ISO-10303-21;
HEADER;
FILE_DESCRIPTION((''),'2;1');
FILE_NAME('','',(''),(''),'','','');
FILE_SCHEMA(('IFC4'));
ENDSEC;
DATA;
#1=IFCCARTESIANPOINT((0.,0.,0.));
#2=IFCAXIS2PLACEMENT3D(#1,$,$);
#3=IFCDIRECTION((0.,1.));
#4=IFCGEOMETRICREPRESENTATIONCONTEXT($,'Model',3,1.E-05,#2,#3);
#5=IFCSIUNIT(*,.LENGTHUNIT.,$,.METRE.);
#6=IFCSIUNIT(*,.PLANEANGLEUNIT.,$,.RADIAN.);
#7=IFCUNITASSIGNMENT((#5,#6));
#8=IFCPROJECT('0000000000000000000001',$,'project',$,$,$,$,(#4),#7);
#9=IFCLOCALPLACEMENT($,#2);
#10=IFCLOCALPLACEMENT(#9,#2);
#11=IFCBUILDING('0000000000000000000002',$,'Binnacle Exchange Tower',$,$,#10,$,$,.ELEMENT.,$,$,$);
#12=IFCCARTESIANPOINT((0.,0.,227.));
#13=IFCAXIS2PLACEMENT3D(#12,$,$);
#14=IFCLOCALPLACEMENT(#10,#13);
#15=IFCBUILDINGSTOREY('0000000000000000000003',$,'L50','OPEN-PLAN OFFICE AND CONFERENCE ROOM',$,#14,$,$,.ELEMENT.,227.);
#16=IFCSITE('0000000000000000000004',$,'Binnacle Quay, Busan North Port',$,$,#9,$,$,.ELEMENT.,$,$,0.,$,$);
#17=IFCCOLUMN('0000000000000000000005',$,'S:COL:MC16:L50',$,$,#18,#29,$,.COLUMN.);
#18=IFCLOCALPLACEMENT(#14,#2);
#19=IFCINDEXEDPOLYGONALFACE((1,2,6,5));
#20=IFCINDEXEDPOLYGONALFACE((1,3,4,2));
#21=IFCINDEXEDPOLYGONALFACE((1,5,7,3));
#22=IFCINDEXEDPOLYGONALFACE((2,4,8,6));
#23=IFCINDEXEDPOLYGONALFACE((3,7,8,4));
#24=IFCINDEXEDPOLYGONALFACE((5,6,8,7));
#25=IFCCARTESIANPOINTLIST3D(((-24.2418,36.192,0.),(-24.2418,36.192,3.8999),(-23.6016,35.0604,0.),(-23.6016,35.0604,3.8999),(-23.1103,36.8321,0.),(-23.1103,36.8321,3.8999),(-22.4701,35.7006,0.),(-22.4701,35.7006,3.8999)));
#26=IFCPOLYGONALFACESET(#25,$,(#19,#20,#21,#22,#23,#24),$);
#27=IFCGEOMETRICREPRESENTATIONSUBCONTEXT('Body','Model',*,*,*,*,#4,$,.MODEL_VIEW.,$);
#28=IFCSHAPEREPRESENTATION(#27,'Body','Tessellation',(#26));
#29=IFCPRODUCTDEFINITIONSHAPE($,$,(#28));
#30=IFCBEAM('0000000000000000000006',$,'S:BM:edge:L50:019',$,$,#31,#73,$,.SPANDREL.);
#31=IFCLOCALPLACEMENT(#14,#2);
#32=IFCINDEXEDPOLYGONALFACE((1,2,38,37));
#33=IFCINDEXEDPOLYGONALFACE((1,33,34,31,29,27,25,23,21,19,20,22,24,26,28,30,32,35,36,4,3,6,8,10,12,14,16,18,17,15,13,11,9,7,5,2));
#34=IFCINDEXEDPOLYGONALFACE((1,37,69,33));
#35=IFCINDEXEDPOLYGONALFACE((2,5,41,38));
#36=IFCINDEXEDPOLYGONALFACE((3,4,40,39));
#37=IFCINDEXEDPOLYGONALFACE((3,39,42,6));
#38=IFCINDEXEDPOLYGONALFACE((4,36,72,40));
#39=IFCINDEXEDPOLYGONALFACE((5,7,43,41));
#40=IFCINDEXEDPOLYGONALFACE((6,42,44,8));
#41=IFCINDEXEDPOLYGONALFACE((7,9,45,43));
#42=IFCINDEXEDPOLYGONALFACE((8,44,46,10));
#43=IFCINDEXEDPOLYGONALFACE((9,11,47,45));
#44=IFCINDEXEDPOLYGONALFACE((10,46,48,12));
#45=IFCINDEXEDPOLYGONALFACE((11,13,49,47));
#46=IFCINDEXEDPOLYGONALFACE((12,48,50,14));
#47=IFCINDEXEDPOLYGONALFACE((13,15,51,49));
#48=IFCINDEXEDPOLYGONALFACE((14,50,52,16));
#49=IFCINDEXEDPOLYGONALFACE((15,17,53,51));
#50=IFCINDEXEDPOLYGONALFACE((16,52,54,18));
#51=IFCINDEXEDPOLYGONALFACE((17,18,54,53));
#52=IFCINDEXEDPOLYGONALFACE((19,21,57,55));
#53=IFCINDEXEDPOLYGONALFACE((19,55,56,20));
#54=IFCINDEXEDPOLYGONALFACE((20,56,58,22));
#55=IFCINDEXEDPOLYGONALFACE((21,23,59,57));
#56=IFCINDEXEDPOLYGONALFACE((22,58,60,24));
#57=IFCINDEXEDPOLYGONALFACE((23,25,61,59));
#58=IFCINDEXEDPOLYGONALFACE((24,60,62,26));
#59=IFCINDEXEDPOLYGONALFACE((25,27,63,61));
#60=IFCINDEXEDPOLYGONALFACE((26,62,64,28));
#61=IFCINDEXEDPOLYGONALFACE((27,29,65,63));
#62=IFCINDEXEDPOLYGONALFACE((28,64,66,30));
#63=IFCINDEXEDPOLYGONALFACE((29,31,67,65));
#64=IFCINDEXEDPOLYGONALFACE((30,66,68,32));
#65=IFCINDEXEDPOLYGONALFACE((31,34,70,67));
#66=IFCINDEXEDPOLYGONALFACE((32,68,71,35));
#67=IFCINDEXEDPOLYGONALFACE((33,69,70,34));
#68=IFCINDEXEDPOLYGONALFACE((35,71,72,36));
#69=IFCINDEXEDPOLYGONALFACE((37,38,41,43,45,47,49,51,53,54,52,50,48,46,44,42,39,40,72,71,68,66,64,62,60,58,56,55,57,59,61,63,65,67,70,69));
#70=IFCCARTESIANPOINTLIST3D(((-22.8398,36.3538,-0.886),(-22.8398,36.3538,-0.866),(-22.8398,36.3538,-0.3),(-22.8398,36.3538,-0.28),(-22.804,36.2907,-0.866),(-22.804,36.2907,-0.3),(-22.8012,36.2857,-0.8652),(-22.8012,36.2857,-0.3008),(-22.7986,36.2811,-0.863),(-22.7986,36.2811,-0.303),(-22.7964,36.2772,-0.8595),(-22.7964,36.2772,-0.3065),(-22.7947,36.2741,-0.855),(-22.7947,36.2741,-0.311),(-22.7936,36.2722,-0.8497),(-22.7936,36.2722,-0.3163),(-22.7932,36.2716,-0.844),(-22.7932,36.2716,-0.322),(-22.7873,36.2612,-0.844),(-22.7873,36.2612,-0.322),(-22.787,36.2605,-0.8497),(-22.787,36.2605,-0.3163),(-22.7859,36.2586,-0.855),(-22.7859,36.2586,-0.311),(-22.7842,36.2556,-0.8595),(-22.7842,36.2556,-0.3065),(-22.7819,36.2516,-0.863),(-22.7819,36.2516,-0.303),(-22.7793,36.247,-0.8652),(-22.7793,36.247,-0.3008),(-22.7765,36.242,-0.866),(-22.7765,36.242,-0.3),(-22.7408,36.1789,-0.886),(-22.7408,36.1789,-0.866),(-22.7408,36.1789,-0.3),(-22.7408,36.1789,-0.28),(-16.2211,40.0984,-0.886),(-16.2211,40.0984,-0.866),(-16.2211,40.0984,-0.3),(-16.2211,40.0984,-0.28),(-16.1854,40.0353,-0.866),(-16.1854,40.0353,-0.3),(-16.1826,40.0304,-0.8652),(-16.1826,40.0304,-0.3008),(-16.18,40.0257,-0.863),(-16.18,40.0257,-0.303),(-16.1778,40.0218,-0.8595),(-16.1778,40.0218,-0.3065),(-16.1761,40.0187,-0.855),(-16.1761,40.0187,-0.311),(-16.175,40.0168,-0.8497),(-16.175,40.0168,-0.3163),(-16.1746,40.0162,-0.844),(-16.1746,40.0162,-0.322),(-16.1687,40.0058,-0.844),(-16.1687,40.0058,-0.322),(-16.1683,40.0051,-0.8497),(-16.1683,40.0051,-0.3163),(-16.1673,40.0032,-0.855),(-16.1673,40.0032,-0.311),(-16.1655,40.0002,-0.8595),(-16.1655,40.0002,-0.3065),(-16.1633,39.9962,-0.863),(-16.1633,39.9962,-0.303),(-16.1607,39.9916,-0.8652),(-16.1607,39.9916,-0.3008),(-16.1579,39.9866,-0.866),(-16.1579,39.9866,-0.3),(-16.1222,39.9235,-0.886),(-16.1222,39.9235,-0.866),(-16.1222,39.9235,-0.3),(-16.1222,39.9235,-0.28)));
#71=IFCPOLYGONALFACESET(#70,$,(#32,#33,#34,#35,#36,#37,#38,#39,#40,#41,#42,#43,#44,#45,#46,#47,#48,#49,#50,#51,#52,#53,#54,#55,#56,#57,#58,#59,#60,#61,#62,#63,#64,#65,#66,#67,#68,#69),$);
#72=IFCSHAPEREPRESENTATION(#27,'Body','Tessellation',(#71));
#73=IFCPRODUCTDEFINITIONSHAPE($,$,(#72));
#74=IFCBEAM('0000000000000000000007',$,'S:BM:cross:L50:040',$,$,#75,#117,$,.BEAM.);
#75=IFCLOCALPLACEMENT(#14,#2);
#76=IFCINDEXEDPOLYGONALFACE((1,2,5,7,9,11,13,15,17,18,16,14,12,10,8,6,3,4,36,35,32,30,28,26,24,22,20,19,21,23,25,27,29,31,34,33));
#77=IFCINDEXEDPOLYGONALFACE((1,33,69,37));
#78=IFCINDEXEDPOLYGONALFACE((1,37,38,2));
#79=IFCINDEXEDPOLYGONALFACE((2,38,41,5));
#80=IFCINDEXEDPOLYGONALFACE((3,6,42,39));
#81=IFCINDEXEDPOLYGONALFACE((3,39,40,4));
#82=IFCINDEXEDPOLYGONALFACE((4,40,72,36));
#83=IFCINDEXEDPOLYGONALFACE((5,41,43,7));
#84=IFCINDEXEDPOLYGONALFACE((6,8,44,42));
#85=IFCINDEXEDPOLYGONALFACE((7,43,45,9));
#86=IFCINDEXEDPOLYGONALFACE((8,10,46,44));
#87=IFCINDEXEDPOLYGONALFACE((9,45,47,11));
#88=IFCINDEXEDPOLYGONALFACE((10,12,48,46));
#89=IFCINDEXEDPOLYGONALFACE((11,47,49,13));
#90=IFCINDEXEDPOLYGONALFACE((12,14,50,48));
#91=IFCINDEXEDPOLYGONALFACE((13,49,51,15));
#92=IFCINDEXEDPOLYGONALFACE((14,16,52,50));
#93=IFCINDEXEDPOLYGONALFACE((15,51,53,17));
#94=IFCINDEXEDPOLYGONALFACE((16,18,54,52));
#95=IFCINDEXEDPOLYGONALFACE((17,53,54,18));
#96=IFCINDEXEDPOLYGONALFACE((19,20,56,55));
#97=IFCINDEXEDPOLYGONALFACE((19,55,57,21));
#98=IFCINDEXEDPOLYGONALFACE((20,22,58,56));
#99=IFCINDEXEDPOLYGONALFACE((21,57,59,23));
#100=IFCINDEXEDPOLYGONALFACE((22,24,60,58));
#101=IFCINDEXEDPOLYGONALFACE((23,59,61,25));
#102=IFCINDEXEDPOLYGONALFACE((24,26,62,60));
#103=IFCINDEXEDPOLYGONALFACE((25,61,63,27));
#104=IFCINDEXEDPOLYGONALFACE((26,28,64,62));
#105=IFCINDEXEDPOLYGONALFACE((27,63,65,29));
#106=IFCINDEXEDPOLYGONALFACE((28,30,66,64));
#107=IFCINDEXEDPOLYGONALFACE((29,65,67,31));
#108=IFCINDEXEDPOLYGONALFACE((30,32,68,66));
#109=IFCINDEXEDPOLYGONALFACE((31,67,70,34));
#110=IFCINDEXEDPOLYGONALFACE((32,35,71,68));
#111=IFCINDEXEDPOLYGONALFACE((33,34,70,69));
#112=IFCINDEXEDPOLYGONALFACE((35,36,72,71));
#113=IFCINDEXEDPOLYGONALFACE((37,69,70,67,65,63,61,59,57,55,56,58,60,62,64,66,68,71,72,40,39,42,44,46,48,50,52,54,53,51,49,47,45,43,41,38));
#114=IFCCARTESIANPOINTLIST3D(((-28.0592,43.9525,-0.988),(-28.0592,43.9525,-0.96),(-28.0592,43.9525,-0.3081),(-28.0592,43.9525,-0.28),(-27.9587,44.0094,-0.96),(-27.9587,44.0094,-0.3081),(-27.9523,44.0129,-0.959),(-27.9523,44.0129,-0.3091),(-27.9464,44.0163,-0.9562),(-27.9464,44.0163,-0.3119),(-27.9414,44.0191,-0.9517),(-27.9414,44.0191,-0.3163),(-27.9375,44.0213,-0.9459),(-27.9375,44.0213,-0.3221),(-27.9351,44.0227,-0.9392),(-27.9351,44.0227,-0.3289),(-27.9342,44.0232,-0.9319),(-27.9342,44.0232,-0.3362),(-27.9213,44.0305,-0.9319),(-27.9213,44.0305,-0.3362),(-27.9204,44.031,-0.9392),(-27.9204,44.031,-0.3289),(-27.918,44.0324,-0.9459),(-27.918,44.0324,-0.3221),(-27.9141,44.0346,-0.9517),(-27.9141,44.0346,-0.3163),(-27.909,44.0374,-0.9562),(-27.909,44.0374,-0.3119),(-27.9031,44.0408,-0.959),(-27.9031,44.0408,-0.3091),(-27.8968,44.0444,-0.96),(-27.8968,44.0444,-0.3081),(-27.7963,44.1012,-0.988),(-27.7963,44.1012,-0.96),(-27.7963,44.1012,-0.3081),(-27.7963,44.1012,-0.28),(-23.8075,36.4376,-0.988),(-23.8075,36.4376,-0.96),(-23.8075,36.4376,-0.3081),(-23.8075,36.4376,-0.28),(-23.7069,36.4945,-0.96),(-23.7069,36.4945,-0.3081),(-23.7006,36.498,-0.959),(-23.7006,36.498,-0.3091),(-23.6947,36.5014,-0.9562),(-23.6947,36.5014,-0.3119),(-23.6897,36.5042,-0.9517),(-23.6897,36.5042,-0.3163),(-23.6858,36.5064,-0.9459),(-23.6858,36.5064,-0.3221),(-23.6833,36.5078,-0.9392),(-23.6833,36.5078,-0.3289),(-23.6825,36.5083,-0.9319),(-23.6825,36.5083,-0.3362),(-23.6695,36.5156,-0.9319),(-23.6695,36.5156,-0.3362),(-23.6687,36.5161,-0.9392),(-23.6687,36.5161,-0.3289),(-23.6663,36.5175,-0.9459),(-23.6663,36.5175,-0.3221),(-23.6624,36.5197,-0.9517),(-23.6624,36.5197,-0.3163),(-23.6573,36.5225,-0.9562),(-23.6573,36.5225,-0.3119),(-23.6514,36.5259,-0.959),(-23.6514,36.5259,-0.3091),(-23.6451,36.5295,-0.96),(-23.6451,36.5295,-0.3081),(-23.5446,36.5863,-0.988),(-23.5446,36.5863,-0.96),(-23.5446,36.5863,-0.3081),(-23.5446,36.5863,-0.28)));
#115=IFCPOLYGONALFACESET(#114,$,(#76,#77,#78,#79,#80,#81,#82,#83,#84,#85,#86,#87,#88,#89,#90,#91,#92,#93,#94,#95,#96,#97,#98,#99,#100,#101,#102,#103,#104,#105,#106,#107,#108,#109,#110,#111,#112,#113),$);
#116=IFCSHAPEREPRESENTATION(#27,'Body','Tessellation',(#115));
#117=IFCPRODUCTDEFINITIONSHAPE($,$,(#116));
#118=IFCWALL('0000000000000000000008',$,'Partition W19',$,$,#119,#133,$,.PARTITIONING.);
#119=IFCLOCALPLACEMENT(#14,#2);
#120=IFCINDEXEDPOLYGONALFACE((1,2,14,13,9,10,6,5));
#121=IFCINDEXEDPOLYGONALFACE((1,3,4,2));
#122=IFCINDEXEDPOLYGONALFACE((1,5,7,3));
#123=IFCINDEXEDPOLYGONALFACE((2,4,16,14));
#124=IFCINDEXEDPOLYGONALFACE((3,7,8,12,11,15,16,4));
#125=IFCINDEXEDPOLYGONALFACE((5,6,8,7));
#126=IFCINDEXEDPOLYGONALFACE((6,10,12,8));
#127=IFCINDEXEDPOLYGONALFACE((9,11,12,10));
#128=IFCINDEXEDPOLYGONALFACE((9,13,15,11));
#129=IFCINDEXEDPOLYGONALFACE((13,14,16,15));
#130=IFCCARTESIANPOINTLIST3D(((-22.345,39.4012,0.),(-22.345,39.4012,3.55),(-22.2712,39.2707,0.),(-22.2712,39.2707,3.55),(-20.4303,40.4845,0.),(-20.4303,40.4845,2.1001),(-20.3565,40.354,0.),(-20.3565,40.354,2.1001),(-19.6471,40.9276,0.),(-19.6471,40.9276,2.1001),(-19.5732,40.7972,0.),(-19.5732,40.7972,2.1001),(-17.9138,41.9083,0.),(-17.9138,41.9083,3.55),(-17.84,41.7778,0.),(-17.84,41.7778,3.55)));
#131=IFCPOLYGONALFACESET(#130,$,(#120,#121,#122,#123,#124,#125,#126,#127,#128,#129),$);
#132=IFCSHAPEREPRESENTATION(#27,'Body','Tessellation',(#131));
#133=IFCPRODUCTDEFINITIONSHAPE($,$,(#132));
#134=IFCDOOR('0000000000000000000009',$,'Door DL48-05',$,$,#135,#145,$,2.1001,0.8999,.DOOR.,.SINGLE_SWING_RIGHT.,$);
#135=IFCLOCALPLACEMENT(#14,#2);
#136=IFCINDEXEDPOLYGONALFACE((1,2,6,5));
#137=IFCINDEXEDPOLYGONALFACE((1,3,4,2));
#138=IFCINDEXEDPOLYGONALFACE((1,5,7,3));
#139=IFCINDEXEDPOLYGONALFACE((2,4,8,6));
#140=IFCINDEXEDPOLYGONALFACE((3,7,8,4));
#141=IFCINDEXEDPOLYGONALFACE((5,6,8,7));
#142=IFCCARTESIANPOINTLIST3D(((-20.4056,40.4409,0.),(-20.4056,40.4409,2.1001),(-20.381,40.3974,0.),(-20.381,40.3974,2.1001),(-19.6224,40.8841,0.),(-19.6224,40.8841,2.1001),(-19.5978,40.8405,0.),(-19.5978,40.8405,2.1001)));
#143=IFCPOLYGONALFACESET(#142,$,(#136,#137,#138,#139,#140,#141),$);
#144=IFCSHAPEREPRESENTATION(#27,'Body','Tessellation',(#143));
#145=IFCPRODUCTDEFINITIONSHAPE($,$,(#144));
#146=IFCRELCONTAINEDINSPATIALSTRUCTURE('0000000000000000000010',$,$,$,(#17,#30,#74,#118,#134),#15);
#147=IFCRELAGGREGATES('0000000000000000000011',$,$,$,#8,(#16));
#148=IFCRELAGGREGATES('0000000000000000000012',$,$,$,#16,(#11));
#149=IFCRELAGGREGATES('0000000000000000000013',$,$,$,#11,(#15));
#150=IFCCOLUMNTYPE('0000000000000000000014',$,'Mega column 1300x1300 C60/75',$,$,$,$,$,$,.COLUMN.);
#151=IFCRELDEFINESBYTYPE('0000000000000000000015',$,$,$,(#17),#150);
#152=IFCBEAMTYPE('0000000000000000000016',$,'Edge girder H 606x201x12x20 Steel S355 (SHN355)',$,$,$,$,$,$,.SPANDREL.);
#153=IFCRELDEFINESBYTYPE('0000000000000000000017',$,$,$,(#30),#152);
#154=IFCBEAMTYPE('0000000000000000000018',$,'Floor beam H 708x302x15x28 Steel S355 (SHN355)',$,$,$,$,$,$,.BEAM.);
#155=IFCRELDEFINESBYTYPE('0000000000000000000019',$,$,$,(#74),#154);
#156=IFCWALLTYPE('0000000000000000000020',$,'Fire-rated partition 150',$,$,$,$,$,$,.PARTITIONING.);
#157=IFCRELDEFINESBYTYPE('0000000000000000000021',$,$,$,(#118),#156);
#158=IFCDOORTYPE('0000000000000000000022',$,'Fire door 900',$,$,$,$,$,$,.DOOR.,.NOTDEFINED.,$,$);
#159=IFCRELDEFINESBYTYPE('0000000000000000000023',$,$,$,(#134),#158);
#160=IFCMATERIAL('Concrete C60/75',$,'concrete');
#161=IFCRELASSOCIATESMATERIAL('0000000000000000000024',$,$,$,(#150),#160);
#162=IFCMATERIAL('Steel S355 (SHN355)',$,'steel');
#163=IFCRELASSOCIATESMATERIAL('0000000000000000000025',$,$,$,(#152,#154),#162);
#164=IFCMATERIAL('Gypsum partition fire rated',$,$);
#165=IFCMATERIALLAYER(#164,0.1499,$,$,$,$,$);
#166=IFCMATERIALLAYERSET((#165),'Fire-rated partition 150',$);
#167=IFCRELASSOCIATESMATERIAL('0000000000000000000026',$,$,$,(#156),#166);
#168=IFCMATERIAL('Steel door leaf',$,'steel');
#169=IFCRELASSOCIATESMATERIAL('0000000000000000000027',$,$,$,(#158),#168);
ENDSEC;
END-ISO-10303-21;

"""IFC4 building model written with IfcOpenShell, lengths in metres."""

from ifc_helpers import new_model, si_unit, direction, frame, frame_2d, origin, origin_2d, place, context, subcontext, project, spatial, rectangle, i_section, extrude, material, layer, layer_set, material_profile, profile_set, type_object, element, fill, save


model = new_model("IFC4")

# Units and contexts
model_context = context("Model", 3, precision=1e-05, world=origin(), true_north=direction((0.0, 1.0)))
body_context = subcontext(model_context, "Body", "Model", "MODEL_VIEW")
ifc_project = project(units=[si_unit("LENGTHUNIT", "METRE"), si_unit("PLANEANGLEUNIT", "RADIAN")], contexts=[model_context])

# Site, building, storey
site_placement = place(None, origin())
site = spatial("IfcSite", under=ifc_project, at=site_placement, Name="Binnacle Quay, Busan North Port", CompositionType="ELEMENT", RefElevation=0.0)
building_placement = place(site_placement, origin())
building = spatial("IfcBuilding", under=site, at=building_placement, Name="Binnacle Exchange Tower", CompositionType="ELEMENT")
storey_placement = place(building_placement, frame((0.0, 0.0, 227.0)))
storey = spatial("IfcBuildingStorey", under=building, at=storey_placement, Name="L50", Description="OPEN-PLAN OFFICE AND CONFERENCE ROOM", CompositionType="ELEMENT", Elevation=227.0)

# Column
ifc_material_1 = material(Name="Concrete C60/75", Category="concrete")
ifc_material_profile_1 = material_profile(ifc_material_1, rectangle(XDim=1.3, YDim=1.3, at=origin_2d()), Name="Mega column 1300x1300 C60/75")
ifc_profile_set_1 = profile_set([ifc_material_profile_1], Name="Concrete C60/75")
column_type = type_object("IfcColumnType", Name="Mega column 1300x1300 C60/75", PredefinedType="COLUMN", material=ifc_profile_set_1)
column_placement = place(storey_placement, frame((-23.356, 35.9463, 0.0), z_axis=(0.0, 0.0, 1.0), x_axis=(0.870356, 0.492424, 0.0)))
element("IfcColumn", 1, at=column_placement, inside=storey, type_object=column_type, Name="S:COL:MC16:L50", PredefinedType="COLUMN", context=body_context, shape_type="SweptSolid", body=[
    extrude(rectangle(XDim=1.3, YDim=1.3, at=origin_2d()), origin(), (0.0, 0.0, 1.0), 3.8999),
])

# Beams
ifc_material_2 = material(Name="Steel S355 (SHN355)", Category="steel")
ifc_material_profile_2 = material_profile(ifc_material_2, i_section(OverallWidth=0.2009, OverallDepth=0.606, WebThickness=0.012, FlangeThickness=0.02, FilletRadius=0.022, at=origin_2d()), Name="H 606x201x12x20")
ifc_profile_set_2 = profile_set([ifc_material_profile_2], Name="Steel S355 (SHN355)")
beam_type_1 = type_object("IfcBeamType", Name="Edge girder H 606x201x12x20 Steel S355 (SHN355)", PredefinedType="SPANDREL", material=ifc_profile_set_2)
beam_1_placement = place(storey_placement, frame((-22.7903, 36.2664, -0.583), z_axis=(0.870357, 0.492421, 0.0), x_axis=(-0.492421, 0.870357, 0.0)))
element("IfcBeam", 2, at=beam_1_placement, inside=storey, type_object=beam_type_1, Name="S:BM:edge:L50:019", PredefinedType="SPANDREL", context=body_context, shape_type="SweptSolid", body=[
    extrude(i_section(OverallWidth=0.2009, OverallDepth=0.606, WebThickness=0.012, FlangeThickness=0.02, FilletRadius=0.022, at=origin_2d()), origin(), (0.0, 0.0, 1.0), 7.6045),
])
ifc_material_profile_3 = material_profile(ifc_material_2, i_section(OverallWidth=0.302, OverallDepth=0.708, WebThickness=0.0149, FlangeThickness=0.0281, FilletRadius=0.0281, at=origin_2d()), Name="H 708x302x15x28")
ifc_profile_set_3 = profile_set([ifc_material_profile_3], Name="Steel S355 (SHN355)")
beam_type_2 = type_object("IfcBeamType", Name="Floor beam H 708x302x15x28 Steel S355 (SHN355)", PredefinedType="BEAM", material=ifc_profile_set_3)
beam_2_placement = place(storey_placement, frame((-23.676, 36.512, -0.634), z_axis=(-0.492422, 0.870356, 0.0), x_axis=(-0.870356, -0.492422, 0.0)))
element("IfcBeam", 3, at=beam_2_placement, inside=storey, type_object=beam_type_2, Name="S:BM:cross:L50:040", PredefinedType="BEAM", context=body_context, shape_type="SweptSolid", body=[
    extrude(i_section(OverallWidth=0.302, OverallDepth=0.708, WebThickness=0.0149, FlangeThickness=0.0281, FilletRadius=0.0281, at=origin_2d()), origin(), (0.0, 0.0, 1.0), 8.6343),
])

# Wall, opening, door
ifc_material_3 = material(Name="Gypsum partition fire rated")
ifc_layer_1 = layer(ifc_material_3, 0.1499)
ifc_layer_set_1 = layer_set([ifc_layer_1], Name="Fire-rated partition 150")
wall_type = type_object("IfcWallType", Name="Fire-rated partition 150", PredefinedType="PARTITIONING", material=ifc_layer_set_1)
wall_placement = place(storey_placement, frame((-22.3081, 39.3359, 0.0), z_axis=(0.0, 0.0, 1.0), x_axis=(0.870351, 0.492432, 0.0)))
wall = element("IfcWall", 4, at=wall_placement, inside=storey, type_object=wall_type, Name="Partition W19", PredefinedType="PARTITIONING", context=body_context, shape_type="SweptSolid", body=[
    extrude(rectangle(XDim=5.0913, YDim=0.1499, at=frame_2d((2.5457, 0.0))), origin(), (0.0, 0.0, 1.0), 3.55),
])
opening_placement = place(wall_placement, frame((2.2, 0.0, 0.0)))
opening = element("IfcOpeningElement", 5, at=opening_placement, cuts=wall, PredefinedType="OPENING", context=body_context, shape_type="SweptSolid", body=[
    extrude(rectangle(XDim=0.8999, YDim=2.1001, at=frame_2d((0.45, 1.05))), frame((0.0, 0.085, 0.0), z_axis=(0.0, -1.0, 0.0), x_axis=(1.0, 0.0, 0.0)), (0.0, 0.0, 1.0), 0.1699),
])
ifc_material_4 = material(Name="Steel door leaf", Category="steel")
door_type = type_object("IfcDoorType", Name="Fire door 900", OperationType="NOTDEFINED", PredefinedType="DOOR", material=ifc_material_4)
door_placement = place(opening_placement, origin())
door = element("IfcDoor", 6, at=door_placement, inside=storey, type_object=door_type, Name="Door DL48-05", OperationType="SINGLE_SWING_RIGHT", OverallHeight=2.1001, OverallWidth=0.8999, PredefinedType="DOOR", context=body_context, shape_type="SweptSolid", body=[
    extrude(rectangle(XDim=0.8999, YDim=2.1001, at=frame_2d((0.45, 1.05))), frame((0.0, 0.0249, 0.0), z_axis=(0.0, -1.0, 0.0), x_axis=(1.0, 0.0, 0.0)), (0.0, 0.0, 1.0), 0.05),
])
fill(opening, door)

save(model, "model.ifc")
